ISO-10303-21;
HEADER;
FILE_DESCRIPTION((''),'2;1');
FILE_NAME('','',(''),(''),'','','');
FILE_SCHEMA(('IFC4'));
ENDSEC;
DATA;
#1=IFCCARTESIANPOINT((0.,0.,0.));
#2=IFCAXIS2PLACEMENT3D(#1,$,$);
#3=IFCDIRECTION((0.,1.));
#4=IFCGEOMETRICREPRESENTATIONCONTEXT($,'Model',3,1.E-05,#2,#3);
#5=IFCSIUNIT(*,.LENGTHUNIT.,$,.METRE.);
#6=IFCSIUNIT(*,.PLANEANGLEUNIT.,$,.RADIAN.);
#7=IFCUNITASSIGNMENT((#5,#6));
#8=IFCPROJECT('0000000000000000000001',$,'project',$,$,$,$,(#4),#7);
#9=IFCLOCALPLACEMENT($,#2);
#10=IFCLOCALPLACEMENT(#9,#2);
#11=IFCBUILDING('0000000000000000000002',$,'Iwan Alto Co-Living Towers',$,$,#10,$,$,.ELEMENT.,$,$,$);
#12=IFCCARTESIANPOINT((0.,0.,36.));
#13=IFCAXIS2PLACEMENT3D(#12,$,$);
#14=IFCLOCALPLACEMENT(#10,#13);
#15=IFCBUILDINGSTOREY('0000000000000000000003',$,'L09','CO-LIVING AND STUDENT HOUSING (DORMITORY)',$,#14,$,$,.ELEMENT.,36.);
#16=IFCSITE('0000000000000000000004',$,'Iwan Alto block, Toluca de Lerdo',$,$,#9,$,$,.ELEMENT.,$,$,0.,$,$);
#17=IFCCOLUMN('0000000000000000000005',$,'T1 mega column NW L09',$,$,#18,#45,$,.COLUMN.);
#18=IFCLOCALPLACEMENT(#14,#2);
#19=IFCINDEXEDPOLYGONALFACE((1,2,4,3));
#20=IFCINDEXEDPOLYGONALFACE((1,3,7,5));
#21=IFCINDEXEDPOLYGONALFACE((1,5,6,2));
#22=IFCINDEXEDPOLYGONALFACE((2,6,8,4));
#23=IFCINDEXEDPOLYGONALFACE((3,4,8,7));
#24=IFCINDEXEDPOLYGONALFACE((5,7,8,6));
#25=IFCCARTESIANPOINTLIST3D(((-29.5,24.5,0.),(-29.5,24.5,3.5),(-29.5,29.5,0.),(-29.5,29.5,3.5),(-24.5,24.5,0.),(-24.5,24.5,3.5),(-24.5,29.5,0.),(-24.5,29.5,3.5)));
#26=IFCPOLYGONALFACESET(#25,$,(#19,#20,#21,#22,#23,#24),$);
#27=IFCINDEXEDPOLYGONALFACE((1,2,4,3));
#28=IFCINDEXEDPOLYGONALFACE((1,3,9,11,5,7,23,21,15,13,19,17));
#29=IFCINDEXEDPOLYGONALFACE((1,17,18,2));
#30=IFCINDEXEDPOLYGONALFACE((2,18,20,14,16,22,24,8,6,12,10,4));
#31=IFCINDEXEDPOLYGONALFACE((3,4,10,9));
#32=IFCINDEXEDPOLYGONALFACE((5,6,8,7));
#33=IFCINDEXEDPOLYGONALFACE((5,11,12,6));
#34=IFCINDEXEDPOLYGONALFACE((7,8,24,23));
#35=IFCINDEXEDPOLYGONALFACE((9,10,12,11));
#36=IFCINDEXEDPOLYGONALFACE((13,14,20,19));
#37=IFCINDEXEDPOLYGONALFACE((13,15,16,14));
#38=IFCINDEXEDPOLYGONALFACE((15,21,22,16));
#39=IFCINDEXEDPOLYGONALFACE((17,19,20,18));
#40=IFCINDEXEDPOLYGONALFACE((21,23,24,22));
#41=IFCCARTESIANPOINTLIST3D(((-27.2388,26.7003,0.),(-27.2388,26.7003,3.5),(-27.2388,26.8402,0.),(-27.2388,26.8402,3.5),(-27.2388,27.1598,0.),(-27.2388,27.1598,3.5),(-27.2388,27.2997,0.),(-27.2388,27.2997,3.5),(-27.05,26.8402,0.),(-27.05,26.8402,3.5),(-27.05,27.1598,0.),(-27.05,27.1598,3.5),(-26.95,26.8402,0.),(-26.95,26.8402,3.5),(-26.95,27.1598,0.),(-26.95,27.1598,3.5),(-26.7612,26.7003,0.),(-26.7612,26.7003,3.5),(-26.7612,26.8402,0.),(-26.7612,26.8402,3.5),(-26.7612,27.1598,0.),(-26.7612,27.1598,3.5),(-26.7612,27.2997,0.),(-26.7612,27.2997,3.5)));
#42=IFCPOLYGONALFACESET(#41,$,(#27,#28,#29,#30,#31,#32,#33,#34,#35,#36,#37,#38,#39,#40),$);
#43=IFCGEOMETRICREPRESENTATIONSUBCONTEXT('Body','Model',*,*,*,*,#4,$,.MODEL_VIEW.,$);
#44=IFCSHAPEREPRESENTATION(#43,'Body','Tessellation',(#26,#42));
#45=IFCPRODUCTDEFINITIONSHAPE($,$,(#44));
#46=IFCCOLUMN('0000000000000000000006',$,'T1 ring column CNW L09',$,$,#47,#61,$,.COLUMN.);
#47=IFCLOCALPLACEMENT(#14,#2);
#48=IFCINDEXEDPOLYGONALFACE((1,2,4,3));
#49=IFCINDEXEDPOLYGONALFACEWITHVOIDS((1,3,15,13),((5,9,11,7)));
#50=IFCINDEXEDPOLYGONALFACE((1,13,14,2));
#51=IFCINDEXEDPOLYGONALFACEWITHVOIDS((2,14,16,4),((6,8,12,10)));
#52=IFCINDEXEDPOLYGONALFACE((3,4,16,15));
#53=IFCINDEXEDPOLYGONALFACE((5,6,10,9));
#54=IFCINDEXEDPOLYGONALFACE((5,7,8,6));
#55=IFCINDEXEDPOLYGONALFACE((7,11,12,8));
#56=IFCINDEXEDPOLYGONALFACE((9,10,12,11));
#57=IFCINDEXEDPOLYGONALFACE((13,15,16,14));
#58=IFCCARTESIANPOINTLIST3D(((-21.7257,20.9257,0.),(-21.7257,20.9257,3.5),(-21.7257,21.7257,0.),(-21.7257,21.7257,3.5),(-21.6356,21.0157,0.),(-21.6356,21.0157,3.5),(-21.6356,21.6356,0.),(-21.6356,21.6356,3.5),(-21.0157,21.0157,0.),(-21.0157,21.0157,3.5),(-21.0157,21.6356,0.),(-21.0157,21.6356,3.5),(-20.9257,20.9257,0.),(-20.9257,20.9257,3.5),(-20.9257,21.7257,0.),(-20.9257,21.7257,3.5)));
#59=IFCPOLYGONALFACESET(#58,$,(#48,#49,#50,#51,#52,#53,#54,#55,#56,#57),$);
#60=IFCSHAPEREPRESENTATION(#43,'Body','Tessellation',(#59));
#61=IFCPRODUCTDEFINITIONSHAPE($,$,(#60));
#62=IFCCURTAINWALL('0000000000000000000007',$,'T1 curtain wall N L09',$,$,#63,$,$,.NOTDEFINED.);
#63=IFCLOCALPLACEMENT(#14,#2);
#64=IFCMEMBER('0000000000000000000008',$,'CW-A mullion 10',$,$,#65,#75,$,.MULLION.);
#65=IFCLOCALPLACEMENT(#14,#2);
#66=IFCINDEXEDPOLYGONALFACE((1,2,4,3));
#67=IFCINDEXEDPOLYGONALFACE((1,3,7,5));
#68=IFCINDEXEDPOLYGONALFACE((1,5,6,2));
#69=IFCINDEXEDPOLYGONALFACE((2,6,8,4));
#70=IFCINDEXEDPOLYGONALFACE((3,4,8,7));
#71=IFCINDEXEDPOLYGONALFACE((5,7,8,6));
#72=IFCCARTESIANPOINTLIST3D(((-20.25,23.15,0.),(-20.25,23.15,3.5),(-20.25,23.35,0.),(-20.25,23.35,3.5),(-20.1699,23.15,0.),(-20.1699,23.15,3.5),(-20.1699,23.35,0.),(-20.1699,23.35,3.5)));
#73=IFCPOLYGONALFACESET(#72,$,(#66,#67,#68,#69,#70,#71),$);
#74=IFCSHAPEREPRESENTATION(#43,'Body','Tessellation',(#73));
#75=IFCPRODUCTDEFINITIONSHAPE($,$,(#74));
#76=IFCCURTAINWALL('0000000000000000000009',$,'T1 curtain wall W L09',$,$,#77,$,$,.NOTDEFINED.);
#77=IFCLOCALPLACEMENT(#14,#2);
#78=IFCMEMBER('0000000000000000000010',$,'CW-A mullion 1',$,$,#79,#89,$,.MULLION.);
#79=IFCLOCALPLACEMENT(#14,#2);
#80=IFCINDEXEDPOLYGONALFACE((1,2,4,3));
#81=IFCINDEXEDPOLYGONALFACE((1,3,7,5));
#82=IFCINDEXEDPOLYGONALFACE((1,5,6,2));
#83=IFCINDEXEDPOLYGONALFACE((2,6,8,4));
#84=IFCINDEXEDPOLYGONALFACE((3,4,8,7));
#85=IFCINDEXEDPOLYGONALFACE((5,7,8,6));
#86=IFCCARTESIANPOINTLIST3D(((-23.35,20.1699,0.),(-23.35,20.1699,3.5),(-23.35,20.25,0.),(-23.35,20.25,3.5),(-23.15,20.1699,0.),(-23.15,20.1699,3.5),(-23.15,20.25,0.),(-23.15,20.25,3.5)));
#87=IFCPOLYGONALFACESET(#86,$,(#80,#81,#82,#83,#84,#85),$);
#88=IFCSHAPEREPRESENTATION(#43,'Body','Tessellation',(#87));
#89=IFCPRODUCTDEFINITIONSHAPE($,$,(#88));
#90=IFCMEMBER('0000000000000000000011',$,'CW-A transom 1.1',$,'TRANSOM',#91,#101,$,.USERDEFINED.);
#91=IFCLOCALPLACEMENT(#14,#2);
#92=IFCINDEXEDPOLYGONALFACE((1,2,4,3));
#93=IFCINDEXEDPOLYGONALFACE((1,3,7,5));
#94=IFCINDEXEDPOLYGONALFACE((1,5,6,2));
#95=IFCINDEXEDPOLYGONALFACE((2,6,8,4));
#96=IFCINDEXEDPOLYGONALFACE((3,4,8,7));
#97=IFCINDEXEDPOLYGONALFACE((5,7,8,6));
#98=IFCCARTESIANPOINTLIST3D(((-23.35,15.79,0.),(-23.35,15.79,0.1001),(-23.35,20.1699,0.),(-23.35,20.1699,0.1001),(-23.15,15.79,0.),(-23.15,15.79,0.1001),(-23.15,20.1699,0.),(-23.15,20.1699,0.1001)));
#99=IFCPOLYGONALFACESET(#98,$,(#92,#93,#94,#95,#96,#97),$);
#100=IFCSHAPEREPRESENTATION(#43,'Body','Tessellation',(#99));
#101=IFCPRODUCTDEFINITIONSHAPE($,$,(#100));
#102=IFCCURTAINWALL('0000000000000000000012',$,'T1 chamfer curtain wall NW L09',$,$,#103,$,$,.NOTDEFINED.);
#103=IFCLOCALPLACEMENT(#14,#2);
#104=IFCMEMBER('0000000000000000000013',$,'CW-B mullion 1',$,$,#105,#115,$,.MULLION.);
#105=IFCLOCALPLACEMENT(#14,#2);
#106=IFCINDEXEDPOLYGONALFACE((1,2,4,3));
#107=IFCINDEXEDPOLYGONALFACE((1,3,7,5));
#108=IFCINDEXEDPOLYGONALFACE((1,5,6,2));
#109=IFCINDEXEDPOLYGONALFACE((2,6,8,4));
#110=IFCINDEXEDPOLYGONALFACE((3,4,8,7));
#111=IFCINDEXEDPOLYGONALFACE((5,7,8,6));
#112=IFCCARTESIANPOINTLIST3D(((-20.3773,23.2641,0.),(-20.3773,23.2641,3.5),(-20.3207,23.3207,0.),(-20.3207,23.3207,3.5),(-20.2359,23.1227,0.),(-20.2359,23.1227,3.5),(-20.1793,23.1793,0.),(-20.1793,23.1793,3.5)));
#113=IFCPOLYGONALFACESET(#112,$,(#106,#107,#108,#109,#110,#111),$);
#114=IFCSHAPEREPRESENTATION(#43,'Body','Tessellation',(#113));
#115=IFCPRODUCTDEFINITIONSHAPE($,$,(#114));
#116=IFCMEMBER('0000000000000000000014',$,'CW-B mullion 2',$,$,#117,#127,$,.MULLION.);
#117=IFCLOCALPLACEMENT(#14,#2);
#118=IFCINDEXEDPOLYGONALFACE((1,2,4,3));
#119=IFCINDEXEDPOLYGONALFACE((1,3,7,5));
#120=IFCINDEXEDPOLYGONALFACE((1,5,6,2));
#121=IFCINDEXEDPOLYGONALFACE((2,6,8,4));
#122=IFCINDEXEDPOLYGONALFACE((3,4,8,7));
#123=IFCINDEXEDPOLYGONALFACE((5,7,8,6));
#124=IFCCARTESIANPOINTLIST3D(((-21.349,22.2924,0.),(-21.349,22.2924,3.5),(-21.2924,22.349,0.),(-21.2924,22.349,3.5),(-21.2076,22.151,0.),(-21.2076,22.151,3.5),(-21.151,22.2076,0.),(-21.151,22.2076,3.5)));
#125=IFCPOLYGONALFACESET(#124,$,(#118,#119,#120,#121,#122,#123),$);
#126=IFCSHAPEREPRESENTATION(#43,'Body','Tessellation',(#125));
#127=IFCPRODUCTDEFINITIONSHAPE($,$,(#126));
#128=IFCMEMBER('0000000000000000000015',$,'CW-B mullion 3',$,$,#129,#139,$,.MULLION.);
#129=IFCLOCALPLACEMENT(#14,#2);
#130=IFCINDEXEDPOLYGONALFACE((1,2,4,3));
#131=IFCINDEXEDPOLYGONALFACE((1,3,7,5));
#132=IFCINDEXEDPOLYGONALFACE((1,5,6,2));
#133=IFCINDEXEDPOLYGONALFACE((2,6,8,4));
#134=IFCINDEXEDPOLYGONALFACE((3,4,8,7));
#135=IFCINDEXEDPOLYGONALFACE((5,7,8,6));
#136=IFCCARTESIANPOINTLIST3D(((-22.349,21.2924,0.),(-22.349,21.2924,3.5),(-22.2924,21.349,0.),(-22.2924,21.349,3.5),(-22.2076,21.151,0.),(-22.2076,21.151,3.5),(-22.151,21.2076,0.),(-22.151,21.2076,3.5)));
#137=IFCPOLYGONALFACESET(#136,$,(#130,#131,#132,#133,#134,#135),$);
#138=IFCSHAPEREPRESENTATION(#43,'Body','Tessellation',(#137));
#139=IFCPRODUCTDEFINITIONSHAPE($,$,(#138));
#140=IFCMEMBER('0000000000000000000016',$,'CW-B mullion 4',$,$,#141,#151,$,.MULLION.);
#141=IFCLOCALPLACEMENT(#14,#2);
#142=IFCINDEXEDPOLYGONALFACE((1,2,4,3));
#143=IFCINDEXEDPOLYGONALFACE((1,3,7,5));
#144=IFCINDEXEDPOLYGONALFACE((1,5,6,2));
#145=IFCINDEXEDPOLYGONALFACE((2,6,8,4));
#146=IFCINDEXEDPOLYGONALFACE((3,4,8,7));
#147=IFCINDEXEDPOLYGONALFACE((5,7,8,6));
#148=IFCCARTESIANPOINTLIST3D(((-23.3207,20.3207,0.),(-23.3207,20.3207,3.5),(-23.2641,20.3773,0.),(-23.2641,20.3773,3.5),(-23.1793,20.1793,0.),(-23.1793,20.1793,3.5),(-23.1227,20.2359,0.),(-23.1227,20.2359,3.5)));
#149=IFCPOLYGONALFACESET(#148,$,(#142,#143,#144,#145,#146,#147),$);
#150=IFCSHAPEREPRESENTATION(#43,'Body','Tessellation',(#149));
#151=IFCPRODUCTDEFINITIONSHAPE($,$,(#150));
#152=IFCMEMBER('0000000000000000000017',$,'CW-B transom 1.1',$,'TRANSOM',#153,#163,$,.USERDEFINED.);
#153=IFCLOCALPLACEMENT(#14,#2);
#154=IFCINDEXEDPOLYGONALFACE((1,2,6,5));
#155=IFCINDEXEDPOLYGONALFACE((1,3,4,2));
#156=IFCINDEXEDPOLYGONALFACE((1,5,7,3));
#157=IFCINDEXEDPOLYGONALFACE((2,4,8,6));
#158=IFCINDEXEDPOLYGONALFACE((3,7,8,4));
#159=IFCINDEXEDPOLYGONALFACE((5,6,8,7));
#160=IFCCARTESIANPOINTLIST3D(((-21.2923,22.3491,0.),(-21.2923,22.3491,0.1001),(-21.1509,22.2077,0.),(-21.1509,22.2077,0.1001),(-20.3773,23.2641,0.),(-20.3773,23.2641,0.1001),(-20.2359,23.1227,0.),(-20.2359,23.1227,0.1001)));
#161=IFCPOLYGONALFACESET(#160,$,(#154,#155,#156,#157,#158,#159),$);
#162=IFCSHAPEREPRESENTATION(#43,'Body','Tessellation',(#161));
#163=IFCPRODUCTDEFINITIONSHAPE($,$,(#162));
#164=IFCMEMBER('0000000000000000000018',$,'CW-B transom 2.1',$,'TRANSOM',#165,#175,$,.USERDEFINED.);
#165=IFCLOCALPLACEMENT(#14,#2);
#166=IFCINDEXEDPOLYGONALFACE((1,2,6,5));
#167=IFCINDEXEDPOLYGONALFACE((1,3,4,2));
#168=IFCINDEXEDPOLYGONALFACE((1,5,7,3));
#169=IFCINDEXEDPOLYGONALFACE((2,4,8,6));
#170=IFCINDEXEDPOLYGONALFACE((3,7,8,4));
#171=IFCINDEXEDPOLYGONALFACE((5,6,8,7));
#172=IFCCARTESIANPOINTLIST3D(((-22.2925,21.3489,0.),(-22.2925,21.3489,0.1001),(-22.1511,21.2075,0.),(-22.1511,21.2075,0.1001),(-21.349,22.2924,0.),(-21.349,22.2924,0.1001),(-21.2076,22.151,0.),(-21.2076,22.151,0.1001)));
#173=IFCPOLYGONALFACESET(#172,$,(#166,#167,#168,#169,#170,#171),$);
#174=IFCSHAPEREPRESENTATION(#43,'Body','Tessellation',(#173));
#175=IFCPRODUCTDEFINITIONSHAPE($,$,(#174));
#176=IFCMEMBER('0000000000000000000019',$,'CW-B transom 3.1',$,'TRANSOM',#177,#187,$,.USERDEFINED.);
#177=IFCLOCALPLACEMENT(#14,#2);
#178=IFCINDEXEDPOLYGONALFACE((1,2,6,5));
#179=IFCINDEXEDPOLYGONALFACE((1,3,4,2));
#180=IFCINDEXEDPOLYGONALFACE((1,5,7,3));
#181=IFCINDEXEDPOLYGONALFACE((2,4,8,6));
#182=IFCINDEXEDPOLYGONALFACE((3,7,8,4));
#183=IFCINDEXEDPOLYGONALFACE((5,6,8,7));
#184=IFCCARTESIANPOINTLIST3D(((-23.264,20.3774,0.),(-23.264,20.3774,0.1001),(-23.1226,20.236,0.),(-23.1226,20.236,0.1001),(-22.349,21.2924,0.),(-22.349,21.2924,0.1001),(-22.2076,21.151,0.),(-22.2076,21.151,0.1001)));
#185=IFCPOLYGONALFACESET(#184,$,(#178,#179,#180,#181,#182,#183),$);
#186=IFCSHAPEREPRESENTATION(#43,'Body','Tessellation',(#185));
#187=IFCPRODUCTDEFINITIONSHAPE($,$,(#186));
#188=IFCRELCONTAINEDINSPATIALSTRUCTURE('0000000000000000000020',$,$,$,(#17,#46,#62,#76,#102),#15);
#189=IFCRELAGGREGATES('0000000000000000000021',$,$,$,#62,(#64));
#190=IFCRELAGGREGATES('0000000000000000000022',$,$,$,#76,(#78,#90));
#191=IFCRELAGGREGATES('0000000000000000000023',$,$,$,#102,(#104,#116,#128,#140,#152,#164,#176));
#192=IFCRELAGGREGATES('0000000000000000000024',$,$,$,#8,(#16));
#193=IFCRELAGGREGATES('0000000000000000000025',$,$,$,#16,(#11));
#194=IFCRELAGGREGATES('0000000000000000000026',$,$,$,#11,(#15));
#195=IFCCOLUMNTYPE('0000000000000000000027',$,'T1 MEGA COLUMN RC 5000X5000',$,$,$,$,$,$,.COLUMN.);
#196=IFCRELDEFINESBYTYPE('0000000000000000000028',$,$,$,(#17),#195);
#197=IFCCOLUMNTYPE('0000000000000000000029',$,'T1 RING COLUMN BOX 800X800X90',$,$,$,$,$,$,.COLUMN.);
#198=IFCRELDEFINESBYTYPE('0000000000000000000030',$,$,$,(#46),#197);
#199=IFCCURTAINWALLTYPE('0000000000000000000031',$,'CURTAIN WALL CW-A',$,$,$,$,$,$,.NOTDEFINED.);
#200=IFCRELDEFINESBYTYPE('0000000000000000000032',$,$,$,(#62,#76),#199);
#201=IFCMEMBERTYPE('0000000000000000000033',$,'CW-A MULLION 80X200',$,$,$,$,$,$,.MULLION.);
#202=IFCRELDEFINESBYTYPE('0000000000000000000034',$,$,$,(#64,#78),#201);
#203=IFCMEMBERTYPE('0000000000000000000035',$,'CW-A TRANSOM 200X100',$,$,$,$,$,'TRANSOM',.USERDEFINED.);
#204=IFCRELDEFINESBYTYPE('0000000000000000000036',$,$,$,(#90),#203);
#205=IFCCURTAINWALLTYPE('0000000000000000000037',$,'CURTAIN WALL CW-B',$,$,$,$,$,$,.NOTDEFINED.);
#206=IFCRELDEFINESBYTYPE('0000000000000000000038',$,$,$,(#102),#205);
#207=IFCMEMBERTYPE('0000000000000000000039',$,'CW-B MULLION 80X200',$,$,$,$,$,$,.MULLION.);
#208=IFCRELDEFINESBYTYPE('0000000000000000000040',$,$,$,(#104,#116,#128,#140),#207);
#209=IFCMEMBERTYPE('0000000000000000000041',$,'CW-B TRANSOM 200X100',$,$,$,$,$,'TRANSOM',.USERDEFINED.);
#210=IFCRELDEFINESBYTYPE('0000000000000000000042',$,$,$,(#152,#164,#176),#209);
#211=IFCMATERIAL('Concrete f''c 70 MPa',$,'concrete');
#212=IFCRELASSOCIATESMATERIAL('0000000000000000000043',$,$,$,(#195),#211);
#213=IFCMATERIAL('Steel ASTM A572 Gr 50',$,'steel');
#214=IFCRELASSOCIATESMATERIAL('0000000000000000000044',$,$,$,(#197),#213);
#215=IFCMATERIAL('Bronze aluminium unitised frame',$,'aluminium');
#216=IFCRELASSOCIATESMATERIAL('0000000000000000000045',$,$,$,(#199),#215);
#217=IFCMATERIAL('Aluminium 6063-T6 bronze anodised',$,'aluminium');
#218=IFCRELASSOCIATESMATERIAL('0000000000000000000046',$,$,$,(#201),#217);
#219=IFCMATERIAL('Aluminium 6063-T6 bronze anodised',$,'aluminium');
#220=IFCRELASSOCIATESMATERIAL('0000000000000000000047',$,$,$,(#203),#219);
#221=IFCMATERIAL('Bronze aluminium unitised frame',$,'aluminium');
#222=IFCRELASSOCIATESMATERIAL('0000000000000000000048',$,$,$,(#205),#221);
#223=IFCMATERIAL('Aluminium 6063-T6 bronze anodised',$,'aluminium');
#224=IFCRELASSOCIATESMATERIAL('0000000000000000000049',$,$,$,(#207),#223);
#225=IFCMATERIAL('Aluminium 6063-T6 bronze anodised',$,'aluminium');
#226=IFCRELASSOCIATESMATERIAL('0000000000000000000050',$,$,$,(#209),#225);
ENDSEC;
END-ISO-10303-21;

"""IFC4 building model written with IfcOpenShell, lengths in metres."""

from ifc_helpers import new_model, si_unit, direction, frame, origin, origin_2d, place, context, subcontext, project, spatial, rectangle, hollow_rectangle, i_section, extrude, material, material_profile, profile_set, type_object, element, aggregate, save


model = new_model("IFC4")

# Units and contexts
model_context = context("Model", 3, precision=1e-05, world=origin(), true_north=direction((0.0, 1.0)))
body_context = subcontext(model_context, "Body", "Model", "MODEL_VIEW")
ifc_project = project(units=[si_unit("LENGTHUNIT", "METRE"), si_unit("PLANEANGLEUNIT", "RADIAN")], contexts=[model_context])

# Site, building, storey
site_placement = place(None, origin())
site = spatial("IfcSite", under=ifc_project, at=site_placement, Name="Iwan Alto block, Toluca de Lerdo", CompositionType="ELEMENT", RefElevation=0.0)
building_placement = place(site_placement, origin())
building = spatial("IfcBuilding", under=site, at=building_placement, Name="Iwan Alto Co-Living Towers", CompositionType="ELEMENT")
storey_placement = place(building_placement, frame((0.0, 0.0, 36.0)))
storey = spatial("IfcBuildingStorey", under=building, at=storey_placement, Name="L09", Description="CO-LIVING AND STUDENT HOUSING (DORMITORY)", CompositionType="ELEMENT", Elevation=36.0)

# Columns
ifc_material_1 = material(Name="Concrete f'c 70 MPa", Category="concrete")
ifc_material_profile_1 = material_profile(ifc_material_1, rectangle(XDim=5.0, YDim=5.0, at=origin_2d()), Name="RC 5000X5000")
ifc_profile_set_1 = profile_set([ifc_material_profile_1], Name="Concrete f'c 70 MPa")
column_type_1 = type_object("IfcColumnType", Name="T1 MEGA COLUMN RC 5000X5000", PredefinedType="COLUMN", material=ifc_profile_set_1)
column_1_placement = place(storey_placement, frame((-27.0, 27.0, 0.0), z_axis=(0.0, 0.0, 1.0), x_axis=(1.0, 0.0, 0.0)))
element("IfcColumn", 1, at=column_1_placement, inside=storey, type_object=column_type_1, Name="T1 mega column NW L09", PredefinedType="COLUMN", context=body_context, shape_type="SweptSolid", body=[
    extrude(rectangle(XDim=5.0, YDim=5.0, at=origin_2d()), origin(), (0.0, 0.0, 1.0), 3.5),
    extrude(i_section(OverallWidth=0.4775, OverallDepth=0.5994, WebThickness=0.1001, FlangeThickness=0.1399, at=origin_2d()), origin(), (0.0, 0.0, 1.0), 3.5),
])
ifc_material_2 = material(Name="Steel ASTM A572 Gr 50", Category="steel")
ifc_material_profile_2 = material_profile(ifc_material_2, hollow_rectangle(XDim=0.8, YDim=0.8, WallThickness=0.0901, at=origin_2d()), Name="BOX 800X800X90")
ifc_profile_set_2 = profile_set([ifc_material_profile_2], Name="Steel ASTM A572 Gr 50")
column_type_2 = type_object("IfcColumnType", Name="T1 RING COLUMN BOX 800X800X90", PredefinedType="COLUMN", material=ifc_profile_set_2)
column_2_placement = place(storey_placement, frame((-21.3257, 21.3257, 0.0), z_axis=(0.0, 0.0, 1.0), x_axis=(1.0, 0.0, 0.0)))
element("IfcColumn", 2, at=column_2_placement, inside=storey, type_object=column_type_2, Name="T1 ring column CNW L09", PredefinedType="COLUMN", context=body_context, shape_type="SweptSolid", body=[
    extrude(hollow_rectangle(XDim=0.8, YDim=0.8, WallThickness=0.0901, at=origin_2d()), origin(), (0.0, 0.0, 1.0), 3.5),
])

# Curtain wall, member
ifc_material_3 = material(Name="Bronze aluminium unitised frame", Category="aluminium")
curtain_wall_type_1 = type_object("IfcCurtainWallType", Name="CURTAIN WALL CW-A", PredefinedType="NOTDEFINED", material=ifc_material_3)
curtain_wall_1_placement = place(storey_placement, origin())
curtain_wall_1 = element("IfcCurtainWall", 3, at=curtain_wall_1_placement, inside=storey, type_object=curtain_wall_type_1, Name="T1 curtain wall N L09", PredefinedType="NOTDEFINED")
ifc_material_4 = material(Name="Aluminium 6063-T6 bronze anodised", Category="aluminium")
ifc_material_profile_3 = material_profile(ifc_material_4, rectangle(XDim=0.2, YDim=0.0801, at=origin_2d()), Name="AL 80X200")
ifc_profile_set_3 = profile_set([ifc_material_profile_3], Name="Aluminium 6063-T6 bronze anodised")
member_type_1 = type_object("IfcMemberType", Name="CW-A MULLION 80X200", PredefinedType="MULLION", material=ifc_profile_set_3)
member_1_placement = place(storey_placement, frame((-20.21, 23.25, 0.0), z_axis=(0.0, 0.0, 1.0), x_axis=(0.0, -1.0, 0.0)))
member_1 = element("IfcMember", 4, at=member_1_placement, type_object=member_type_1, Name="CW-A mullion 10", PredefinedType="MULLION", context=body_context, shape_type="SweptSolid", body=[
    extrude(rectangle(XDim=0.2, YDim=0.0801, at=origin_2d()), origin(), (0.0, 0.0, 1.0), 3.5),
])

# Curtain walls, members
curtain_wall_2_placement = place(storey_placement, origin())
curtain_wall_2 = element("IfcCurtainWall", 5, at=curtain_wall_2_placement, inside=storey, type_object=curtain_wall_type_1, Name="T1 curtain wall W L09", PredefinedType="NOTDEFINED")
member_2_placement = place(storey_placement, frame((-23.25, 20.21, 0.0), z_axis=(0.0, 0.0, 1.0), x_axis=(1.0, 0.0, 0.0)))
member_2 = element("IfcMember", 6, at=member_2_placement, type_object=member_type_1, Name="CW-A mullion 1", PredefinedType="MULLION", context=body_context, shape_type="SweptSolid", body=[
    extrude(rectangle(XDim=0.2, YDim=0.0801, at=origin_2d()), origin(), (0.0, 0.0, 1.0), 3.5),
])
ifc_material_5 = material(Name="Aluminium 6063-T6 bronze anodised", Category="aluminium")
ifc_material_profile_4 = material_profile(ifc_material_5, rectangle(XDim=0.2, YDim=0.1001, at=origin_2d()), Name="AL 200X100")
ifc_profile_set_4 = profile_set([ifc_material_profile_4], Name="Aluminium 6063-T6 bronze anodised")
member_type_2 = type_object("IfcMemberType", Name="CW-A TRANSOM 200X100", ElementType="TRANSOM", PredefinedType="USERDEFINED", material=ifc_profile_set_4)
member_3_placement = place(storey_placement, frame((-23.25, 20.1699, 0.05), z_axis=(0.0, -1.0, 0.0), x_axis=(1.0, 0.0, 0.0)))
member_3 = element("IfcMember", 7, at=member_3_placement, type_object=member_type_2, Name="CW-A transom 1.1", ObjectType="TRANSOM", PredefinedType="USERDEFINED", context=body_context, shape_type="SweptSolid", body=[
    extrude(rectangle(XDim=0.2, YDim=0.1001, at=origin_2d()), origin(), (0.0, 0.0, 1.0), 4.3799),
])
ifc_material_6 = material(Name="Bronze aluminium unitised frame", Category="aluminium")
curtain_wall_type_2 = type_object("IfcCurtainWallType", Name="CURTAIN WALL CW-B", PredefinedType="NOTDEFINED", material=ifc_material_6)
curtain_wall_3_placement = place(storey_placement, origin())
curtain_wall_3 = element("IfcCurtainWall", 8, at=curtain_wall_3_placement, inside=storey, type_object=curtain_wall_type_2, Name="T1 chamfer curtain wall NW L09", PredefinedType="NOTDEFINED")
ifc_material_7 = material(Name="Aluminium 6063-T6 bronze anodised", Category="aluminium")
ifc_material_profile_5 = material_profile(ifc_material_7, rectangle(XDim=0.2, YDim=0.0801, at=origin_2d()), Name="AL 80X200")
ifc_profile_set_5 = profile_set([ifc_material_profile_5], Name="Aluminium 6063-T6 bronze anodised")
member_type_3 = type_object("IfcMemberType", Name="CW-B MULLION 80X200", PredefinedType="MULLION", material=ifc_profile_set_5)
member_4_placement = place(storey_placement, frame((-20.2783, 23.2217, 0.0), z_axis=(0.0, 0.0, 1.0), x_axis=(0.707107, -0.707107, 0.0)))
member_4 = element("IfcMember", 9, at=member_4_placement, type_object=member_type_3, Name="CW-B mullion 1", PredefinedType="MULLION", context=body_context, shape_type="SweptSolid", body=[
    extrude(rectangle(XDim=0.2, YDim=0.0801, at=origin_2d()), origin(), (0.0, 0.0, 1.0), 3.5),
])
member_5_placement = place(storey_placement, frame((-21.25, 22.25, 0.0), z_axis=(0.0, 0.0, 1.0), x_axis=(0.707107, -0.707107, 0.0)))
member_5 = element("IfcMember", 10, at=member_5_placement, type_object=member_type_3, Name="CW-B mullion 2", PredefinedType="MULLION", context=body_context, shape_type="SweptSolid", body=[
    extrude(rectangle(XDim=0.2, YDim=0.0801, at=origin_2d()), origin(), (0.0, 0.0, 1.0), 3.5),
])
member_6_placement = place(storey_placement, frame((-22.25, 21.25, 0.0), z_axis=(0.0, 0.0, 1.0), x_axis=(0.707107, -0.707107, 0.0)))
member_6 = element("IfcMember", 11, at=member_6_placement, type_object=member_type_3, Name="CW-B mullion 3", PredefinedType="MULLION", context=body_context, shape_type="SweptSolid", body=[
    extrude(rectangle(XDim=0.2, YDim=0.0801, at=origin_2d()), origin(), (0.0, 0.0, 1.0), 3.5),
])
member_7_placement = place(storey_placement, frame((-23.2217, 20.2783, 0.0), z_axis=(0.0, 0.0, 1.0), x_axis=(0.707107, -0.707107, 0.0)))
member_7 = element("IfcMember", 12, at=member_7_placement, type_object=member_type_3, Name="CW-B mullion 4", PredefinedType="MULLION", context=body_context, shape_type="SweptSolid", body=[
    extrude(rectangle(XDim=0.2, YDim=0.0801, at=origin_2d()), origin(), (0.0, 0.0, 1.0), 3.5),
])
ifc_material_8 = material(Name="Aluminium 6063-T6 bronze anodised", Category="aluminium")
ifc_material_profile_6 = material_profile(ifc_material_8, rectangle(XDim=0.2, YDim=0.1001, at=origin_2d()), Name="AL 200X100")
ifc_profile_set_6 = profile_set([ifc_material_profile_6], Name="Aluminium 6063-T6 bronze anodised")
member_type_4 = type_object("IfcMemberType", Name="CW-B TRANSOM 200X100", ElementType="TRANSOM", PredefinedType="USERDEFINED", material=ifc_profile_set_6)
member_8_placement = place(storey_placement, frame((-20.3066, 23.1934, 0.05), z_axis=(-0.707107, -0.707107, 0.0), x_axis=(0.707107, -0.707107, 0.0)))
member_8 = element("IfcMember", 13, at=member_8_placement, type_object=member_type_4, Name="CW-B transom 1.1", ObjectType="TRANSOM", PredefinedType="USERDEFINED", context=body_context, shape_type="SweptSolid", body=[
    extrude(rectangle(XDim=0.2, YDim=0.1001, at=origin_2d()), origin(), (0.0, 0.0, 1.0), 1.2939),
])
member_9_placement = place(storey_placement, frame((-21.2783, 22.2217, 0.05), z_axis=(-0.707107, -0.707107, 0.0), x_axis=(0.707107, -0.707107, 0.0)))
member_9 = element("IfcMember", 14, at=member_9_placement, type_object=member_type_4, Name="CW-B transom 2.1", ObjectType="TRANSOM", PredefinedType="USERDEFINED", context=body_context, shape_type="SweptSolid", body=[
    extrude(rectangle(XDim=0.2, YDim=0.1001, at=origin_2d()), origin(), (0.0, 0.0, 1.0), 1.3342),
])
member_10_placement = place(storey_placement, frame((-22.2783, 21.2217, 0.05), z_axis=(-0.707107, -0.707107, 0.0), x_axis=(0.707107, -0.707107, 0.0)))
member_10 = element("IfcMember", 15, at=member_10_placement, type_object=member_type_4, Name="CW-B transom 3.1", ObjectType="TRANSOM", PredefinedType="USERDEFINED", context=body_context, shape_type="SweptSolid", body=[
    extrude(rectangle(XDim=0.2, YDim=0.1001, at=origin_2d()), origin(), (0.0, 0.0, 1.0), 1.2939),
])

aggregate(curtain_wall_1, [member_1])
aggregate(curtain_wall_2, [member_2, member_3])
aggregate(curtain_wall_3, [member_4, member_5, member_6, member_7, member_8, member_9, member_10])

save(model, "model.ifc")
